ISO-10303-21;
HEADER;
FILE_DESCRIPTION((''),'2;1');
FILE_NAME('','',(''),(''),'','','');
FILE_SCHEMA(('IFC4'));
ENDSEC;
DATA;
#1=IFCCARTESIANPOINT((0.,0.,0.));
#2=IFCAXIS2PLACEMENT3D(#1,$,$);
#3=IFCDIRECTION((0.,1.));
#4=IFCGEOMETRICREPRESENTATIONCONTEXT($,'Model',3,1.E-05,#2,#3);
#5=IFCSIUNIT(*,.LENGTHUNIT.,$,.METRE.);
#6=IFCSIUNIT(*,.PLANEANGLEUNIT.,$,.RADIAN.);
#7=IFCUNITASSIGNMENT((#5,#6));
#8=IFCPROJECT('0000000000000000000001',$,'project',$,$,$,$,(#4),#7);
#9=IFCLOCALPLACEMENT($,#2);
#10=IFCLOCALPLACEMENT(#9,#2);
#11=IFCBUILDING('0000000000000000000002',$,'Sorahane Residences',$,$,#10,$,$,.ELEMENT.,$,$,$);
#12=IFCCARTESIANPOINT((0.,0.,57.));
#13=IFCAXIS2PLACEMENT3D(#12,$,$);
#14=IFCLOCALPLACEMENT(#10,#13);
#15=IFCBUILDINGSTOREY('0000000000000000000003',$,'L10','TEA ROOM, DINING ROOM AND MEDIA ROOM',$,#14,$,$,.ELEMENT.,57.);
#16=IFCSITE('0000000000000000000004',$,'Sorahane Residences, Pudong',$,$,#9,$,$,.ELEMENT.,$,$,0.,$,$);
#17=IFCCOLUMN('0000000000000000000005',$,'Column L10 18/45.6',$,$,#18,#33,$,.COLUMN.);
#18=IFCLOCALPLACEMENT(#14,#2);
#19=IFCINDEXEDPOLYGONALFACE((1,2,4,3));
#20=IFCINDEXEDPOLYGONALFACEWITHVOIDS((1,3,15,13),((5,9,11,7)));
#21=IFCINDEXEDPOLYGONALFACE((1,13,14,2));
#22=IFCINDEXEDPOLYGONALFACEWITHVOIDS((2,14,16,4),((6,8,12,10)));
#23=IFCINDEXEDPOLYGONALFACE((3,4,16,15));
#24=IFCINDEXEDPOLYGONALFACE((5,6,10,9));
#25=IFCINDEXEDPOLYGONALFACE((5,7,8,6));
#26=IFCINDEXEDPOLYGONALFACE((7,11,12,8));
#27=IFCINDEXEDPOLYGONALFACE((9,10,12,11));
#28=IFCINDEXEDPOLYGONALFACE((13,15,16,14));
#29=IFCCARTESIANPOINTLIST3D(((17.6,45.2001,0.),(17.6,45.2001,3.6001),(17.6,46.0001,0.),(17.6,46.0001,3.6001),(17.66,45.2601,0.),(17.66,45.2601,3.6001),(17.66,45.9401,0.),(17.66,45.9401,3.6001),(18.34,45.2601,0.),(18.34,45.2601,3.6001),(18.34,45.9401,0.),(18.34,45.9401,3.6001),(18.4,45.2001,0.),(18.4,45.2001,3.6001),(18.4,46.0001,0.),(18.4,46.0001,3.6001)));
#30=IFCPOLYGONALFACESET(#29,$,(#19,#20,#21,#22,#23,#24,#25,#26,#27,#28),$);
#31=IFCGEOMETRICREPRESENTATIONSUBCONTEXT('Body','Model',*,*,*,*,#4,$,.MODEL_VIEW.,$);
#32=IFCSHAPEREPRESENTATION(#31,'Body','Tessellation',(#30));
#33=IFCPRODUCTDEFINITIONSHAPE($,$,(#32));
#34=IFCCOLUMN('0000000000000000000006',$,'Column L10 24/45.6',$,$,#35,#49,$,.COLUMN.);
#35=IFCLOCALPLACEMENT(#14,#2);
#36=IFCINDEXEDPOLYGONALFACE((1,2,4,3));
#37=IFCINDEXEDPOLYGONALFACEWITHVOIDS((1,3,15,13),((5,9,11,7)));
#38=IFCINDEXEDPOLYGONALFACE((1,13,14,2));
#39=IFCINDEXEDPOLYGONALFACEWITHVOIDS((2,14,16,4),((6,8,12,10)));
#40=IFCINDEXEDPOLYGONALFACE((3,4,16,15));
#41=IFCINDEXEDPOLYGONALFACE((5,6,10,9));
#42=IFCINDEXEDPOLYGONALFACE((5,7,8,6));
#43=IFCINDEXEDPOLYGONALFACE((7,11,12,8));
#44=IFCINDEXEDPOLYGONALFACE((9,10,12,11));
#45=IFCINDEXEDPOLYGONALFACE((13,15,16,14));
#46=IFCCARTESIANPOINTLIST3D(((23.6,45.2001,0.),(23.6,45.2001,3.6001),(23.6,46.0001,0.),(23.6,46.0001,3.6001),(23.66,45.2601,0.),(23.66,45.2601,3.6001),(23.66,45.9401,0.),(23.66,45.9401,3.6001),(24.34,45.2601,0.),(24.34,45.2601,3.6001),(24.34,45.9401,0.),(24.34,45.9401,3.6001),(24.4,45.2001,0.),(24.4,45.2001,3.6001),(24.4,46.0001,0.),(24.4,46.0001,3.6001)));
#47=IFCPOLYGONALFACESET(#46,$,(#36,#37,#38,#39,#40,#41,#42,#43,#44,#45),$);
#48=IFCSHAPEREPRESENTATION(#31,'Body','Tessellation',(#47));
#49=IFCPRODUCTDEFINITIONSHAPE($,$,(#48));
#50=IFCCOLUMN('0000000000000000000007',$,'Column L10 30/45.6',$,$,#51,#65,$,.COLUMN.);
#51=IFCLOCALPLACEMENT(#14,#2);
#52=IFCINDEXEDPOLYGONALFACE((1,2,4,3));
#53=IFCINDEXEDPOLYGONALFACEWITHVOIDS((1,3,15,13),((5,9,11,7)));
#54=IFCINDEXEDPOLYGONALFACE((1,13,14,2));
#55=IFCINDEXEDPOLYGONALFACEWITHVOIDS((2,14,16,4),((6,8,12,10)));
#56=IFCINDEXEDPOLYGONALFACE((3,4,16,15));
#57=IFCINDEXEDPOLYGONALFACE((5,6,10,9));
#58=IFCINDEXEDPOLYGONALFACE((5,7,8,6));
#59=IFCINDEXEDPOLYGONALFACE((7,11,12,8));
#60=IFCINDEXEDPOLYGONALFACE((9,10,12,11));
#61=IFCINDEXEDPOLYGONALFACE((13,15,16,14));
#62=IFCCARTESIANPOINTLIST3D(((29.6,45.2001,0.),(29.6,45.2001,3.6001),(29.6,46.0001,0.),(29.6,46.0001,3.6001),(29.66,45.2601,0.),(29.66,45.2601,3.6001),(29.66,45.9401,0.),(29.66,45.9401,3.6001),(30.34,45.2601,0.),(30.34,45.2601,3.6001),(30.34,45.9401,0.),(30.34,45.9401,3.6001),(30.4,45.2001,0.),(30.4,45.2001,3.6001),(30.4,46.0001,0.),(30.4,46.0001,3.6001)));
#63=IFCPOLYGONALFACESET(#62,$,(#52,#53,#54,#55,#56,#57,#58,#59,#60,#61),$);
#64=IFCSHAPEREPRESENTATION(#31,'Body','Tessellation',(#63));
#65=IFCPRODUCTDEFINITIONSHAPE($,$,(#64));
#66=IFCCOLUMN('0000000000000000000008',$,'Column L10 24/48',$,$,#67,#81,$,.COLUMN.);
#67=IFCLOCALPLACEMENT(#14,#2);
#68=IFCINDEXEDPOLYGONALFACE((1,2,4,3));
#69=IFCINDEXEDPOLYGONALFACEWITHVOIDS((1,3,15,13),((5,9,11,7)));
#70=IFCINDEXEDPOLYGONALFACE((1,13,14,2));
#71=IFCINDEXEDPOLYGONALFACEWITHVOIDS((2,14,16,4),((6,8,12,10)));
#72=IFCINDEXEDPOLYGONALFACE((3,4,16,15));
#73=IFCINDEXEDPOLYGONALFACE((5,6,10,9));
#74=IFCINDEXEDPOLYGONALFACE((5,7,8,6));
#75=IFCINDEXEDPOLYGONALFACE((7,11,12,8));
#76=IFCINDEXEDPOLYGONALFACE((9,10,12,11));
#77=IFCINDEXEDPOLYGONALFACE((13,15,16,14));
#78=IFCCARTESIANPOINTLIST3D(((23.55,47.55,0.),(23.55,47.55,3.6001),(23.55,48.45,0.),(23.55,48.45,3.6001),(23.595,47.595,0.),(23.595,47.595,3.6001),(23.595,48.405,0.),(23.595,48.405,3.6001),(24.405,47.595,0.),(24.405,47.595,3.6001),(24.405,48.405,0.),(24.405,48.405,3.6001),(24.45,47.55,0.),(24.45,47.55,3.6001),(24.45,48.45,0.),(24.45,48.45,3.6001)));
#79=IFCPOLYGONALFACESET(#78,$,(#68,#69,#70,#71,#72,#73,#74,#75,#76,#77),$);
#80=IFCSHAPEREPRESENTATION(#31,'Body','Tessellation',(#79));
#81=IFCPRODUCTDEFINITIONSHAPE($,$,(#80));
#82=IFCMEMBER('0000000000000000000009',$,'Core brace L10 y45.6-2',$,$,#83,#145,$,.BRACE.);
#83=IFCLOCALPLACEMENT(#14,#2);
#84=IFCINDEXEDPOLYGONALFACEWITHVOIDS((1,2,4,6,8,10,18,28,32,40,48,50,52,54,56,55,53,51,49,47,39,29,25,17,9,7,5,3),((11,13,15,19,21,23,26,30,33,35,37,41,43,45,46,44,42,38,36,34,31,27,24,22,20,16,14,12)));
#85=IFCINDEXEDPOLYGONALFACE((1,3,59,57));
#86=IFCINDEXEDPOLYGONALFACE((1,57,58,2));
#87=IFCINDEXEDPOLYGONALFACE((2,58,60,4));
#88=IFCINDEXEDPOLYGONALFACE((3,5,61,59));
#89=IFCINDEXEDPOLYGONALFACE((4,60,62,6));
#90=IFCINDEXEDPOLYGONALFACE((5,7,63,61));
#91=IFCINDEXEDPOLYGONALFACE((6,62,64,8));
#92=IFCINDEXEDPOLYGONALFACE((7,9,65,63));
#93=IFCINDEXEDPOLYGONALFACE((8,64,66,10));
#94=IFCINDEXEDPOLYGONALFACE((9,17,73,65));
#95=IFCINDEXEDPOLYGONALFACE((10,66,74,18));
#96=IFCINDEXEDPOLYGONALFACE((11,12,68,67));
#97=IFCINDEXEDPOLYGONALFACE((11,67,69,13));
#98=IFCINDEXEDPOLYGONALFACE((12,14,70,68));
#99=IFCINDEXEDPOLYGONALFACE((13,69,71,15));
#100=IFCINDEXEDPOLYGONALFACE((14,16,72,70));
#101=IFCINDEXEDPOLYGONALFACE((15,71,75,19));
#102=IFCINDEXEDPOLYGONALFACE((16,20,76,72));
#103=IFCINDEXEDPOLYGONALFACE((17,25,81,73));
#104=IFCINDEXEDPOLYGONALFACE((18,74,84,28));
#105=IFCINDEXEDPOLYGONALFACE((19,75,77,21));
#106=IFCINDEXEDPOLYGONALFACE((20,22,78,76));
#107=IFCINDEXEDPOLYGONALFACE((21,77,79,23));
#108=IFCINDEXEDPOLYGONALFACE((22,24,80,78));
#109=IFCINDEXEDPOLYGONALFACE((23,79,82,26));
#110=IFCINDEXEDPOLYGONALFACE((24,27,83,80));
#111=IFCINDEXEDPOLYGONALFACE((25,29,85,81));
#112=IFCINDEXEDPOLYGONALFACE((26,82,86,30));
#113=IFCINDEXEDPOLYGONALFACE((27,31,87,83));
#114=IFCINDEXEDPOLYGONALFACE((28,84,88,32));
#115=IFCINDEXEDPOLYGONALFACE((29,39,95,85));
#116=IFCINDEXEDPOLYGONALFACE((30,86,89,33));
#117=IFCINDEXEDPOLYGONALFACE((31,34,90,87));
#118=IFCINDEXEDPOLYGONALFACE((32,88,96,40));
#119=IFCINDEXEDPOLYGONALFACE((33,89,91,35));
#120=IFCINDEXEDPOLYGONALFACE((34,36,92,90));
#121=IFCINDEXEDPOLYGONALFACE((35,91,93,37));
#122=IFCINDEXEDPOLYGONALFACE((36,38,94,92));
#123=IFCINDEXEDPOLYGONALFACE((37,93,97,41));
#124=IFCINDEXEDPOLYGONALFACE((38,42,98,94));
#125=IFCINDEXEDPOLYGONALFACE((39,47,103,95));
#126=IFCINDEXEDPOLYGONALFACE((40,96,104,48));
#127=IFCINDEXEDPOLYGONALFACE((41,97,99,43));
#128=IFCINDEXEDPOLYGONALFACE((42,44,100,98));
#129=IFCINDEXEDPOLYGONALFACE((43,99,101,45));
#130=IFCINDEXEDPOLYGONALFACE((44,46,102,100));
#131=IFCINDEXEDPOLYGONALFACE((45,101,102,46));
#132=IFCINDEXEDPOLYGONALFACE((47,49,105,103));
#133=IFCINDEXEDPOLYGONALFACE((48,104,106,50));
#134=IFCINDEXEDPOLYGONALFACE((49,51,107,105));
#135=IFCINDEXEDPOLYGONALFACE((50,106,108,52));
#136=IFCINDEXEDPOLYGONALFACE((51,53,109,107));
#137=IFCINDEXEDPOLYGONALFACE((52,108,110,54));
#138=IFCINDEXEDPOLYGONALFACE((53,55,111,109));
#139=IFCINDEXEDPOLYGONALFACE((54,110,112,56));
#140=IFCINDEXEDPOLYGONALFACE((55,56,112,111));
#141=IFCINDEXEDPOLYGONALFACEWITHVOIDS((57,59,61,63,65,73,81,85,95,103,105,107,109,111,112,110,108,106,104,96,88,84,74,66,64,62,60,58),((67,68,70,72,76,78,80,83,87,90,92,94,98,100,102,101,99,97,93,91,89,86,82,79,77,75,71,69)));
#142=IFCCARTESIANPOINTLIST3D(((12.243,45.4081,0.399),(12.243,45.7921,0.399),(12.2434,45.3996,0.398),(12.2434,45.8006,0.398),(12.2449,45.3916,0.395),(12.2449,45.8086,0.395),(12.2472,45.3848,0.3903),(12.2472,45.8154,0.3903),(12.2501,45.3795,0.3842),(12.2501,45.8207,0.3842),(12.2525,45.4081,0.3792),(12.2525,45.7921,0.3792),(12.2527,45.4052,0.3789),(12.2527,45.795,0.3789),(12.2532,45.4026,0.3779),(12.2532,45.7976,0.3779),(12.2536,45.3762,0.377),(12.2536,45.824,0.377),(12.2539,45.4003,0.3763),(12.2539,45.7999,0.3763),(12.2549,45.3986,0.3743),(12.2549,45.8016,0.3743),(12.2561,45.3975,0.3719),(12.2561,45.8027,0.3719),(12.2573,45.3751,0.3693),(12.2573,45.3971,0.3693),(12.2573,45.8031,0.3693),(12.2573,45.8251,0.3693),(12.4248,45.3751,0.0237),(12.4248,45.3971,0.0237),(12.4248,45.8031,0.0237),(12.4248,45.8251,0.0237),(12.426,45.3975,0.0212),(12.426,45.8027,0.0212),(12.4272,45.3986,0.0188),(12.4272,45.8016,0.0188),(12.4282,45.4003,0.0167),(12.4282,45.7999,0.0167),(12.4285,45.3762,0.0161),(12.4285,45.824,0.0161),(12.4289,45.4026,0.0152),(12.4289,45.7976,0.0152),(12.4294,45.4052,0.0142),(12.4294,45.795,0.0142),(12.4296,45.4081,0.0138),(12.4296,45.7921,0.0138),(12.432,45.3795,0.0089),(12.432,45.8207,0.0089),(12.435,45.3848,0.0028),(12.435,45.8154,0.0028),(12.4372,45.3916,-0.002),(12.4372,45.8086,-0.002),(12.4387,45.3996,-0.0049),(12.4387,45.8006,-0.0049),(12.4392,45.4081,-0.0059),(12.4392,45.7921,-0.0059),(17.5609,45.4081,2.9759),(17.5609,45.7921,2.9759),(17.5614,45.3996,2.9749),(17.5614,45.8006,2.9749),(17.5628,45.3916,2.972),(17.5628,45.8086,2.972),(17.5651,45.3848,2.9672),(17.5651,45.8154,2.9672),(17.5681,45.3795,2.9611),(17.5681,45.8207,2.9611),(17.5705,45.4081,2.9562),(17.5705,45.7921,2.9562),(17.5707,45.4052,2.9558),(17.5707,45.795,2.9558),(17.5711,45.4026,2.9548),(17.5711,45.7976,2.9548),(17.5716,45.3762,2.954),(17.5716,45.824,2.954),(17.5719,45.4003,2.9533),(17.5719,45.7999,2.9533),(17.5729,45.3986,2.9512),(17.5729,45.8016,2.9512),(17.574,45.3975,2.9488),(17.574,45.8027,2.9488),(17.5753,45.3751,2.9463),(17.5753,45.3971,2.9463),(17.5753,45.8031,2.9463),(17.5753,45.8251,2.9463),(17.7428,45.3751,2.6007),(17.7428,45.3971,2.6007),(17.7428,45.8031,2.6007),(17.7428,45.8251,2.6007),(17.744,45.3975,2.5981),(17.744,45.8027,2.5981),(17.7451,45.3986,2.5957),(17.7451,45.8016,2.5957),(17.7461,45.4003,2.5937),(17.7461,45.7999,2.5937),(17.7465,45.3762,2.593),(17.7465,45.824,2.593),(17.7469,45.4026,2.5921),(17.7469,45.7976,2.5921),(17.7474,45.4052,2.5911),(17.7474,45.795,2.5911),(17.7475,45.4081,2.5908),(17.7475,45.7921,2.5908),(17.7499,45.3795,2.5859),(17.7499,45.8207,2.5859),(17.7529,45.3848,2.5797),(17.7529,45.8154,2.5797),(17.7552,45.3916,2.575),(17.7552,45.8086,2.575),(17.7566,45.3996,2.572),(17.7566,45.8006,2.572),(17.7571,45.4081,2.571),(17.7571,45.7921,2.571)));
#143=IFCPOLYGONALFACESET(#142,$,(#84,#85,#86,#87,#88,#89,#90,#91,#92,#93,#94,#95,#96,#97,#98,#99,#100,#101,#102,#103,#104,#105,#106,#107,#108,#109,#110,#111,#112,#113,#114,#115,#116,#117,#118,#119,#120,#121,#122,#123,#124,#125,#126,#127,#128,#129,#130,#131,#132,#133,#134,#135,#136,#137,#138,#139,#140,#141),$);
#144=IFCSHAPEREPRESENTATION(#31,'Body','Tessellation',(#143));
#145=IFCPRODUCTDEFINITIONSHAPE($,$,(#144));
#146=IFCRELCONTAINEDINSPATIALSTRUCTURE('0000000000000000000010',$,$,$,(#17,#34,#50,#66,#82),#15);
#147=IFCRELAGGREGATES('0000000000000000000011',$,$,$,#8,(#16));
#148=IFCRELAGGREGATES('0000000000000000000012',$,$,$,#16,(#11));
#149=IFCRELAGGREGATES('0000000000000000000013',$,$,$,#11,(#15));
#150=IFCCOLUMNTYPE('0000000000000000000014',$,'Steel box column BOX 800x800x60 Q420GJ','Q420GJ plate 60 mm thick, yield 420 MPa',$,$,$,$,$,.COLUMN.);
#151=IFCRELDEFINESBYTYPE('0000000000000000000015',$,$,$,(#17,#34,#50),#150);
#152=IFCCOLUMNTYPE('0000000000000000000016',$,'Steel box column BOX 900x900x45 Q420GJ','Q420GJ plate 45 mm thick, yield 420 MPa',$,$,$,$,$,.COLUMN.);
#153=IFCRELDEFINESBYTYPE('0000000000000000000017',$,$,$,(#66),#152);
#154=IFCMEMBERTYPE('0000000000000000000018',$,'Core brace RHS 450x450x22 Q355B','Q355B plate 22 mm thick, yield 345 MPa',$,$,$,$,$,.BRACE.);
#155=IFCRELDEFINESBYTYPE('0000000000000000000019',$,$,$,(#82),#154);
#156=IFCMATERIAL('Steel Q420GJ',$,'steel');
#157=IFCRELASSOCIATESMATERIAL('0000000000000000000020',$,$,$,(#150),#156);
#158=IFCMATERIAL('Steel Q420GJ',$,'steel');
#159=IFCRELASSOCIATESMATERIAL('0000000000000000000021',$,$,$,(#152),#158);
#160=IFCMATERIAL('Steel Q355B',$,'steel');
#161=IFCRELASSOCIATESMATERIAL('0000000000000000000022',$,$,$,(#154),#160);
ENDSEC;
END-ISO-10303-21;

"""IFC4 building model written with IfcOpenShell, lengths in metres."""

from ifc_helpers import new_model, si_unit, direction, frame, origin, origin_2d, place, context, subcontext, project, spatial, hollow_rectangle, extrude, material, material_profile, profile_set, type_object, element, save


model = new_model("IFC4")

# Units and contexts
model_context = context("Model", 3, precision=1e-05, world=origin(), true_north=direction((0.0, 1.0)))
body_context = subcontext(model_context, "Body", "Model", "MODEL_VIEW")
ifc_project = project(units=[si_unit("LENGTHUNIT", "METRE"), si_unit("PLANEANGLEUNIT", "RADIAN")], contexts=[model_context])

# Site, building, storey
site_placement = place(None, origin())
site = spatial("IfcSite", under=ifc_project, at=site_placement, Name="Sorahane Residences, Pudong", CompositionType="ELEMENT", RefElevation=0.0)
building_placement = place(site_placement, origin())
building = spatial("IfcBuilding", under=site, at=building_placement, Name="Sorahane Residences", CompositionType="ELEMENT")
storey_placement = place(building_placement, frame((0.0, 0.0, 57.0)))
storey = spatial("IfcBuildingStorey", under=building, at=storey_placement, Name="L10", Description="TEA ROOM, DINING ROOM AND MEDIA ROOM", CompositionType="ELEMENT", Elevation=57.0)

# Columns
ifc_material_1 = material(Name="Steel Q420GJ", Category="steel")
ifc_material_profile_1 = material_profile(ifc_material_1, hollow_rectangle(XDim=0.8, YDim=0.8, WallThickness=0.0601, at=origin_2d()), Name="BOX 800x800x60")
ifc_profile_set_1 = profile_set([ifc_material_profile_1], Name="Steel Q420GJ")
column_type_1 = type_object("IfcColumnType", Name="Steel box column BOX 800x800x60 Q420GJ", Description="Q420GJ plate 60 mm thick, yield 420 MPa", PredefinedType="COLUMN", material=ifc_profile_set_1)
for number, where, z_axis, x_axis, name in (
    (1, (18.0, 45.6001, 0.0), (0.0, 0.0, 1.0), (1.0, 0.0, 0.0), "Column L10 18/45.6"),
    (2, (24.0, 45.6001, 0.0), (0.0, 0.0, 1.0), (1.0, 0.0, 0.0), "Column L10 24/45.6"),
    (3, (30.0, 45.6001, 0.0), (0.0, 0.0, 1.0), (1.0, 0.0, 0.0), "Column L10 30/45.6"),
):
    element("IfcColumn", number, at=place(storey_placement, frame(where, z_axis=z_axis, x_axis=x_axis)), inside=storey, type_object=column_type_1, Name=name, PredefinedType="COLUMN", context=body_context, shape_type="SweptSolid", body=[
        extrude(hollow_rectangle(XDim=0.8, YDim=0.8, WallThickness=0.0601, at=origin_2d()), origin(), (0.0, 0.0, 1.0), 3.6001),
    ])
ifc_material_2 = material(Name="Steel Q420GJ", Category="steel")
ifc_material_profile_2 = material_profile(ifc_material_2, hollow_rectangle(XDim=0.8999, YDim=0.8999, WallThickness=0.0449, at=origin_2d()), Name="BOX 900x900x45")
ifc_profile_set_2 = profile_set([ifc_material_profile_2], Name="Steel Q420GJ")
column_type_2 = type_object("IfcColumnType", Name="Steel box column BOX 900x900x45 Q420GJ", Description="Q420GJ plate 45 mm thick, yield 420 MPa", PredefinedType="COLUMN", material=ifc_profile_set_2)
column_placement = place(storey_placement, frame((24.0, 48.0, 0.0), z_axis=(0.0, 0.0, 1.0), x_axis=(1.0, 0.0, 0.0)))
element("IfcColumn", 4, at=column_placement, inside=storey, type_object=column_type_2, Name="Column L10 24/48", PredefinedType="COLUMN", context=body_context, shape_type="SweptSolid", body=[
    extrude(hollow_rectangle(XDim=0.8999, YDim=0.8999, WallThickness=0.0449, at=origin_2d()), origin(), (0.0, 0.0, 1.0), 3.6001),
])

# Member
ifc_material_3 = material(Name="Steel Q355B", Category="steel")
ifc_material_profile_3 = material_profile(ifc_material_3, hollow_rectangle(XDim=0.45, YDim=0.45, WallThickness=0.022, InnerFilletRadius=0.011, OuterFilletRadius=0.033, at=origin_2d()), Name="RHS 450x450x22")
ifc_profile_set_3 = profile_set([ifc_material_profile_3], Name="Steel Q355B")
member_type_1 = type_object("IfcMemberType", Name="Core brace RHS 450x450x22 Q355B", Description="Q355B plate 22 mm thick, yield 345 MPa", PredefinedType="BRACE", material=ifc_profile_set_3)
for number, where, z_axis, x_axis, name in (
    (5, (12.3411, 45.6001, 0.1965), (0.899911, 0.0, 0.436074), (0.0, 1.0, 0.0), "Core brace L10 y45.6-2"),
):
    element("IfcMember", number, at=place(storey_placement, frame(where, z_axis=z_axis, x_axis=x_axis)), inside=storey, type_object=member_type_1, Name=name, PredefinedType="BRACE", context=body_context, shape_type="SweptSolid", body=[
        extrude(hollow_rectangle(XDim=0.45, YDim=0.45, WallThickness=0.022, InnerFilletRadius=0.011, OuterFilletRadius=0.033, at=origin_2d()), origin(), (0.0, 0.0, 1.0), 5.9094),
    ])

save(model, "model.ifc")
